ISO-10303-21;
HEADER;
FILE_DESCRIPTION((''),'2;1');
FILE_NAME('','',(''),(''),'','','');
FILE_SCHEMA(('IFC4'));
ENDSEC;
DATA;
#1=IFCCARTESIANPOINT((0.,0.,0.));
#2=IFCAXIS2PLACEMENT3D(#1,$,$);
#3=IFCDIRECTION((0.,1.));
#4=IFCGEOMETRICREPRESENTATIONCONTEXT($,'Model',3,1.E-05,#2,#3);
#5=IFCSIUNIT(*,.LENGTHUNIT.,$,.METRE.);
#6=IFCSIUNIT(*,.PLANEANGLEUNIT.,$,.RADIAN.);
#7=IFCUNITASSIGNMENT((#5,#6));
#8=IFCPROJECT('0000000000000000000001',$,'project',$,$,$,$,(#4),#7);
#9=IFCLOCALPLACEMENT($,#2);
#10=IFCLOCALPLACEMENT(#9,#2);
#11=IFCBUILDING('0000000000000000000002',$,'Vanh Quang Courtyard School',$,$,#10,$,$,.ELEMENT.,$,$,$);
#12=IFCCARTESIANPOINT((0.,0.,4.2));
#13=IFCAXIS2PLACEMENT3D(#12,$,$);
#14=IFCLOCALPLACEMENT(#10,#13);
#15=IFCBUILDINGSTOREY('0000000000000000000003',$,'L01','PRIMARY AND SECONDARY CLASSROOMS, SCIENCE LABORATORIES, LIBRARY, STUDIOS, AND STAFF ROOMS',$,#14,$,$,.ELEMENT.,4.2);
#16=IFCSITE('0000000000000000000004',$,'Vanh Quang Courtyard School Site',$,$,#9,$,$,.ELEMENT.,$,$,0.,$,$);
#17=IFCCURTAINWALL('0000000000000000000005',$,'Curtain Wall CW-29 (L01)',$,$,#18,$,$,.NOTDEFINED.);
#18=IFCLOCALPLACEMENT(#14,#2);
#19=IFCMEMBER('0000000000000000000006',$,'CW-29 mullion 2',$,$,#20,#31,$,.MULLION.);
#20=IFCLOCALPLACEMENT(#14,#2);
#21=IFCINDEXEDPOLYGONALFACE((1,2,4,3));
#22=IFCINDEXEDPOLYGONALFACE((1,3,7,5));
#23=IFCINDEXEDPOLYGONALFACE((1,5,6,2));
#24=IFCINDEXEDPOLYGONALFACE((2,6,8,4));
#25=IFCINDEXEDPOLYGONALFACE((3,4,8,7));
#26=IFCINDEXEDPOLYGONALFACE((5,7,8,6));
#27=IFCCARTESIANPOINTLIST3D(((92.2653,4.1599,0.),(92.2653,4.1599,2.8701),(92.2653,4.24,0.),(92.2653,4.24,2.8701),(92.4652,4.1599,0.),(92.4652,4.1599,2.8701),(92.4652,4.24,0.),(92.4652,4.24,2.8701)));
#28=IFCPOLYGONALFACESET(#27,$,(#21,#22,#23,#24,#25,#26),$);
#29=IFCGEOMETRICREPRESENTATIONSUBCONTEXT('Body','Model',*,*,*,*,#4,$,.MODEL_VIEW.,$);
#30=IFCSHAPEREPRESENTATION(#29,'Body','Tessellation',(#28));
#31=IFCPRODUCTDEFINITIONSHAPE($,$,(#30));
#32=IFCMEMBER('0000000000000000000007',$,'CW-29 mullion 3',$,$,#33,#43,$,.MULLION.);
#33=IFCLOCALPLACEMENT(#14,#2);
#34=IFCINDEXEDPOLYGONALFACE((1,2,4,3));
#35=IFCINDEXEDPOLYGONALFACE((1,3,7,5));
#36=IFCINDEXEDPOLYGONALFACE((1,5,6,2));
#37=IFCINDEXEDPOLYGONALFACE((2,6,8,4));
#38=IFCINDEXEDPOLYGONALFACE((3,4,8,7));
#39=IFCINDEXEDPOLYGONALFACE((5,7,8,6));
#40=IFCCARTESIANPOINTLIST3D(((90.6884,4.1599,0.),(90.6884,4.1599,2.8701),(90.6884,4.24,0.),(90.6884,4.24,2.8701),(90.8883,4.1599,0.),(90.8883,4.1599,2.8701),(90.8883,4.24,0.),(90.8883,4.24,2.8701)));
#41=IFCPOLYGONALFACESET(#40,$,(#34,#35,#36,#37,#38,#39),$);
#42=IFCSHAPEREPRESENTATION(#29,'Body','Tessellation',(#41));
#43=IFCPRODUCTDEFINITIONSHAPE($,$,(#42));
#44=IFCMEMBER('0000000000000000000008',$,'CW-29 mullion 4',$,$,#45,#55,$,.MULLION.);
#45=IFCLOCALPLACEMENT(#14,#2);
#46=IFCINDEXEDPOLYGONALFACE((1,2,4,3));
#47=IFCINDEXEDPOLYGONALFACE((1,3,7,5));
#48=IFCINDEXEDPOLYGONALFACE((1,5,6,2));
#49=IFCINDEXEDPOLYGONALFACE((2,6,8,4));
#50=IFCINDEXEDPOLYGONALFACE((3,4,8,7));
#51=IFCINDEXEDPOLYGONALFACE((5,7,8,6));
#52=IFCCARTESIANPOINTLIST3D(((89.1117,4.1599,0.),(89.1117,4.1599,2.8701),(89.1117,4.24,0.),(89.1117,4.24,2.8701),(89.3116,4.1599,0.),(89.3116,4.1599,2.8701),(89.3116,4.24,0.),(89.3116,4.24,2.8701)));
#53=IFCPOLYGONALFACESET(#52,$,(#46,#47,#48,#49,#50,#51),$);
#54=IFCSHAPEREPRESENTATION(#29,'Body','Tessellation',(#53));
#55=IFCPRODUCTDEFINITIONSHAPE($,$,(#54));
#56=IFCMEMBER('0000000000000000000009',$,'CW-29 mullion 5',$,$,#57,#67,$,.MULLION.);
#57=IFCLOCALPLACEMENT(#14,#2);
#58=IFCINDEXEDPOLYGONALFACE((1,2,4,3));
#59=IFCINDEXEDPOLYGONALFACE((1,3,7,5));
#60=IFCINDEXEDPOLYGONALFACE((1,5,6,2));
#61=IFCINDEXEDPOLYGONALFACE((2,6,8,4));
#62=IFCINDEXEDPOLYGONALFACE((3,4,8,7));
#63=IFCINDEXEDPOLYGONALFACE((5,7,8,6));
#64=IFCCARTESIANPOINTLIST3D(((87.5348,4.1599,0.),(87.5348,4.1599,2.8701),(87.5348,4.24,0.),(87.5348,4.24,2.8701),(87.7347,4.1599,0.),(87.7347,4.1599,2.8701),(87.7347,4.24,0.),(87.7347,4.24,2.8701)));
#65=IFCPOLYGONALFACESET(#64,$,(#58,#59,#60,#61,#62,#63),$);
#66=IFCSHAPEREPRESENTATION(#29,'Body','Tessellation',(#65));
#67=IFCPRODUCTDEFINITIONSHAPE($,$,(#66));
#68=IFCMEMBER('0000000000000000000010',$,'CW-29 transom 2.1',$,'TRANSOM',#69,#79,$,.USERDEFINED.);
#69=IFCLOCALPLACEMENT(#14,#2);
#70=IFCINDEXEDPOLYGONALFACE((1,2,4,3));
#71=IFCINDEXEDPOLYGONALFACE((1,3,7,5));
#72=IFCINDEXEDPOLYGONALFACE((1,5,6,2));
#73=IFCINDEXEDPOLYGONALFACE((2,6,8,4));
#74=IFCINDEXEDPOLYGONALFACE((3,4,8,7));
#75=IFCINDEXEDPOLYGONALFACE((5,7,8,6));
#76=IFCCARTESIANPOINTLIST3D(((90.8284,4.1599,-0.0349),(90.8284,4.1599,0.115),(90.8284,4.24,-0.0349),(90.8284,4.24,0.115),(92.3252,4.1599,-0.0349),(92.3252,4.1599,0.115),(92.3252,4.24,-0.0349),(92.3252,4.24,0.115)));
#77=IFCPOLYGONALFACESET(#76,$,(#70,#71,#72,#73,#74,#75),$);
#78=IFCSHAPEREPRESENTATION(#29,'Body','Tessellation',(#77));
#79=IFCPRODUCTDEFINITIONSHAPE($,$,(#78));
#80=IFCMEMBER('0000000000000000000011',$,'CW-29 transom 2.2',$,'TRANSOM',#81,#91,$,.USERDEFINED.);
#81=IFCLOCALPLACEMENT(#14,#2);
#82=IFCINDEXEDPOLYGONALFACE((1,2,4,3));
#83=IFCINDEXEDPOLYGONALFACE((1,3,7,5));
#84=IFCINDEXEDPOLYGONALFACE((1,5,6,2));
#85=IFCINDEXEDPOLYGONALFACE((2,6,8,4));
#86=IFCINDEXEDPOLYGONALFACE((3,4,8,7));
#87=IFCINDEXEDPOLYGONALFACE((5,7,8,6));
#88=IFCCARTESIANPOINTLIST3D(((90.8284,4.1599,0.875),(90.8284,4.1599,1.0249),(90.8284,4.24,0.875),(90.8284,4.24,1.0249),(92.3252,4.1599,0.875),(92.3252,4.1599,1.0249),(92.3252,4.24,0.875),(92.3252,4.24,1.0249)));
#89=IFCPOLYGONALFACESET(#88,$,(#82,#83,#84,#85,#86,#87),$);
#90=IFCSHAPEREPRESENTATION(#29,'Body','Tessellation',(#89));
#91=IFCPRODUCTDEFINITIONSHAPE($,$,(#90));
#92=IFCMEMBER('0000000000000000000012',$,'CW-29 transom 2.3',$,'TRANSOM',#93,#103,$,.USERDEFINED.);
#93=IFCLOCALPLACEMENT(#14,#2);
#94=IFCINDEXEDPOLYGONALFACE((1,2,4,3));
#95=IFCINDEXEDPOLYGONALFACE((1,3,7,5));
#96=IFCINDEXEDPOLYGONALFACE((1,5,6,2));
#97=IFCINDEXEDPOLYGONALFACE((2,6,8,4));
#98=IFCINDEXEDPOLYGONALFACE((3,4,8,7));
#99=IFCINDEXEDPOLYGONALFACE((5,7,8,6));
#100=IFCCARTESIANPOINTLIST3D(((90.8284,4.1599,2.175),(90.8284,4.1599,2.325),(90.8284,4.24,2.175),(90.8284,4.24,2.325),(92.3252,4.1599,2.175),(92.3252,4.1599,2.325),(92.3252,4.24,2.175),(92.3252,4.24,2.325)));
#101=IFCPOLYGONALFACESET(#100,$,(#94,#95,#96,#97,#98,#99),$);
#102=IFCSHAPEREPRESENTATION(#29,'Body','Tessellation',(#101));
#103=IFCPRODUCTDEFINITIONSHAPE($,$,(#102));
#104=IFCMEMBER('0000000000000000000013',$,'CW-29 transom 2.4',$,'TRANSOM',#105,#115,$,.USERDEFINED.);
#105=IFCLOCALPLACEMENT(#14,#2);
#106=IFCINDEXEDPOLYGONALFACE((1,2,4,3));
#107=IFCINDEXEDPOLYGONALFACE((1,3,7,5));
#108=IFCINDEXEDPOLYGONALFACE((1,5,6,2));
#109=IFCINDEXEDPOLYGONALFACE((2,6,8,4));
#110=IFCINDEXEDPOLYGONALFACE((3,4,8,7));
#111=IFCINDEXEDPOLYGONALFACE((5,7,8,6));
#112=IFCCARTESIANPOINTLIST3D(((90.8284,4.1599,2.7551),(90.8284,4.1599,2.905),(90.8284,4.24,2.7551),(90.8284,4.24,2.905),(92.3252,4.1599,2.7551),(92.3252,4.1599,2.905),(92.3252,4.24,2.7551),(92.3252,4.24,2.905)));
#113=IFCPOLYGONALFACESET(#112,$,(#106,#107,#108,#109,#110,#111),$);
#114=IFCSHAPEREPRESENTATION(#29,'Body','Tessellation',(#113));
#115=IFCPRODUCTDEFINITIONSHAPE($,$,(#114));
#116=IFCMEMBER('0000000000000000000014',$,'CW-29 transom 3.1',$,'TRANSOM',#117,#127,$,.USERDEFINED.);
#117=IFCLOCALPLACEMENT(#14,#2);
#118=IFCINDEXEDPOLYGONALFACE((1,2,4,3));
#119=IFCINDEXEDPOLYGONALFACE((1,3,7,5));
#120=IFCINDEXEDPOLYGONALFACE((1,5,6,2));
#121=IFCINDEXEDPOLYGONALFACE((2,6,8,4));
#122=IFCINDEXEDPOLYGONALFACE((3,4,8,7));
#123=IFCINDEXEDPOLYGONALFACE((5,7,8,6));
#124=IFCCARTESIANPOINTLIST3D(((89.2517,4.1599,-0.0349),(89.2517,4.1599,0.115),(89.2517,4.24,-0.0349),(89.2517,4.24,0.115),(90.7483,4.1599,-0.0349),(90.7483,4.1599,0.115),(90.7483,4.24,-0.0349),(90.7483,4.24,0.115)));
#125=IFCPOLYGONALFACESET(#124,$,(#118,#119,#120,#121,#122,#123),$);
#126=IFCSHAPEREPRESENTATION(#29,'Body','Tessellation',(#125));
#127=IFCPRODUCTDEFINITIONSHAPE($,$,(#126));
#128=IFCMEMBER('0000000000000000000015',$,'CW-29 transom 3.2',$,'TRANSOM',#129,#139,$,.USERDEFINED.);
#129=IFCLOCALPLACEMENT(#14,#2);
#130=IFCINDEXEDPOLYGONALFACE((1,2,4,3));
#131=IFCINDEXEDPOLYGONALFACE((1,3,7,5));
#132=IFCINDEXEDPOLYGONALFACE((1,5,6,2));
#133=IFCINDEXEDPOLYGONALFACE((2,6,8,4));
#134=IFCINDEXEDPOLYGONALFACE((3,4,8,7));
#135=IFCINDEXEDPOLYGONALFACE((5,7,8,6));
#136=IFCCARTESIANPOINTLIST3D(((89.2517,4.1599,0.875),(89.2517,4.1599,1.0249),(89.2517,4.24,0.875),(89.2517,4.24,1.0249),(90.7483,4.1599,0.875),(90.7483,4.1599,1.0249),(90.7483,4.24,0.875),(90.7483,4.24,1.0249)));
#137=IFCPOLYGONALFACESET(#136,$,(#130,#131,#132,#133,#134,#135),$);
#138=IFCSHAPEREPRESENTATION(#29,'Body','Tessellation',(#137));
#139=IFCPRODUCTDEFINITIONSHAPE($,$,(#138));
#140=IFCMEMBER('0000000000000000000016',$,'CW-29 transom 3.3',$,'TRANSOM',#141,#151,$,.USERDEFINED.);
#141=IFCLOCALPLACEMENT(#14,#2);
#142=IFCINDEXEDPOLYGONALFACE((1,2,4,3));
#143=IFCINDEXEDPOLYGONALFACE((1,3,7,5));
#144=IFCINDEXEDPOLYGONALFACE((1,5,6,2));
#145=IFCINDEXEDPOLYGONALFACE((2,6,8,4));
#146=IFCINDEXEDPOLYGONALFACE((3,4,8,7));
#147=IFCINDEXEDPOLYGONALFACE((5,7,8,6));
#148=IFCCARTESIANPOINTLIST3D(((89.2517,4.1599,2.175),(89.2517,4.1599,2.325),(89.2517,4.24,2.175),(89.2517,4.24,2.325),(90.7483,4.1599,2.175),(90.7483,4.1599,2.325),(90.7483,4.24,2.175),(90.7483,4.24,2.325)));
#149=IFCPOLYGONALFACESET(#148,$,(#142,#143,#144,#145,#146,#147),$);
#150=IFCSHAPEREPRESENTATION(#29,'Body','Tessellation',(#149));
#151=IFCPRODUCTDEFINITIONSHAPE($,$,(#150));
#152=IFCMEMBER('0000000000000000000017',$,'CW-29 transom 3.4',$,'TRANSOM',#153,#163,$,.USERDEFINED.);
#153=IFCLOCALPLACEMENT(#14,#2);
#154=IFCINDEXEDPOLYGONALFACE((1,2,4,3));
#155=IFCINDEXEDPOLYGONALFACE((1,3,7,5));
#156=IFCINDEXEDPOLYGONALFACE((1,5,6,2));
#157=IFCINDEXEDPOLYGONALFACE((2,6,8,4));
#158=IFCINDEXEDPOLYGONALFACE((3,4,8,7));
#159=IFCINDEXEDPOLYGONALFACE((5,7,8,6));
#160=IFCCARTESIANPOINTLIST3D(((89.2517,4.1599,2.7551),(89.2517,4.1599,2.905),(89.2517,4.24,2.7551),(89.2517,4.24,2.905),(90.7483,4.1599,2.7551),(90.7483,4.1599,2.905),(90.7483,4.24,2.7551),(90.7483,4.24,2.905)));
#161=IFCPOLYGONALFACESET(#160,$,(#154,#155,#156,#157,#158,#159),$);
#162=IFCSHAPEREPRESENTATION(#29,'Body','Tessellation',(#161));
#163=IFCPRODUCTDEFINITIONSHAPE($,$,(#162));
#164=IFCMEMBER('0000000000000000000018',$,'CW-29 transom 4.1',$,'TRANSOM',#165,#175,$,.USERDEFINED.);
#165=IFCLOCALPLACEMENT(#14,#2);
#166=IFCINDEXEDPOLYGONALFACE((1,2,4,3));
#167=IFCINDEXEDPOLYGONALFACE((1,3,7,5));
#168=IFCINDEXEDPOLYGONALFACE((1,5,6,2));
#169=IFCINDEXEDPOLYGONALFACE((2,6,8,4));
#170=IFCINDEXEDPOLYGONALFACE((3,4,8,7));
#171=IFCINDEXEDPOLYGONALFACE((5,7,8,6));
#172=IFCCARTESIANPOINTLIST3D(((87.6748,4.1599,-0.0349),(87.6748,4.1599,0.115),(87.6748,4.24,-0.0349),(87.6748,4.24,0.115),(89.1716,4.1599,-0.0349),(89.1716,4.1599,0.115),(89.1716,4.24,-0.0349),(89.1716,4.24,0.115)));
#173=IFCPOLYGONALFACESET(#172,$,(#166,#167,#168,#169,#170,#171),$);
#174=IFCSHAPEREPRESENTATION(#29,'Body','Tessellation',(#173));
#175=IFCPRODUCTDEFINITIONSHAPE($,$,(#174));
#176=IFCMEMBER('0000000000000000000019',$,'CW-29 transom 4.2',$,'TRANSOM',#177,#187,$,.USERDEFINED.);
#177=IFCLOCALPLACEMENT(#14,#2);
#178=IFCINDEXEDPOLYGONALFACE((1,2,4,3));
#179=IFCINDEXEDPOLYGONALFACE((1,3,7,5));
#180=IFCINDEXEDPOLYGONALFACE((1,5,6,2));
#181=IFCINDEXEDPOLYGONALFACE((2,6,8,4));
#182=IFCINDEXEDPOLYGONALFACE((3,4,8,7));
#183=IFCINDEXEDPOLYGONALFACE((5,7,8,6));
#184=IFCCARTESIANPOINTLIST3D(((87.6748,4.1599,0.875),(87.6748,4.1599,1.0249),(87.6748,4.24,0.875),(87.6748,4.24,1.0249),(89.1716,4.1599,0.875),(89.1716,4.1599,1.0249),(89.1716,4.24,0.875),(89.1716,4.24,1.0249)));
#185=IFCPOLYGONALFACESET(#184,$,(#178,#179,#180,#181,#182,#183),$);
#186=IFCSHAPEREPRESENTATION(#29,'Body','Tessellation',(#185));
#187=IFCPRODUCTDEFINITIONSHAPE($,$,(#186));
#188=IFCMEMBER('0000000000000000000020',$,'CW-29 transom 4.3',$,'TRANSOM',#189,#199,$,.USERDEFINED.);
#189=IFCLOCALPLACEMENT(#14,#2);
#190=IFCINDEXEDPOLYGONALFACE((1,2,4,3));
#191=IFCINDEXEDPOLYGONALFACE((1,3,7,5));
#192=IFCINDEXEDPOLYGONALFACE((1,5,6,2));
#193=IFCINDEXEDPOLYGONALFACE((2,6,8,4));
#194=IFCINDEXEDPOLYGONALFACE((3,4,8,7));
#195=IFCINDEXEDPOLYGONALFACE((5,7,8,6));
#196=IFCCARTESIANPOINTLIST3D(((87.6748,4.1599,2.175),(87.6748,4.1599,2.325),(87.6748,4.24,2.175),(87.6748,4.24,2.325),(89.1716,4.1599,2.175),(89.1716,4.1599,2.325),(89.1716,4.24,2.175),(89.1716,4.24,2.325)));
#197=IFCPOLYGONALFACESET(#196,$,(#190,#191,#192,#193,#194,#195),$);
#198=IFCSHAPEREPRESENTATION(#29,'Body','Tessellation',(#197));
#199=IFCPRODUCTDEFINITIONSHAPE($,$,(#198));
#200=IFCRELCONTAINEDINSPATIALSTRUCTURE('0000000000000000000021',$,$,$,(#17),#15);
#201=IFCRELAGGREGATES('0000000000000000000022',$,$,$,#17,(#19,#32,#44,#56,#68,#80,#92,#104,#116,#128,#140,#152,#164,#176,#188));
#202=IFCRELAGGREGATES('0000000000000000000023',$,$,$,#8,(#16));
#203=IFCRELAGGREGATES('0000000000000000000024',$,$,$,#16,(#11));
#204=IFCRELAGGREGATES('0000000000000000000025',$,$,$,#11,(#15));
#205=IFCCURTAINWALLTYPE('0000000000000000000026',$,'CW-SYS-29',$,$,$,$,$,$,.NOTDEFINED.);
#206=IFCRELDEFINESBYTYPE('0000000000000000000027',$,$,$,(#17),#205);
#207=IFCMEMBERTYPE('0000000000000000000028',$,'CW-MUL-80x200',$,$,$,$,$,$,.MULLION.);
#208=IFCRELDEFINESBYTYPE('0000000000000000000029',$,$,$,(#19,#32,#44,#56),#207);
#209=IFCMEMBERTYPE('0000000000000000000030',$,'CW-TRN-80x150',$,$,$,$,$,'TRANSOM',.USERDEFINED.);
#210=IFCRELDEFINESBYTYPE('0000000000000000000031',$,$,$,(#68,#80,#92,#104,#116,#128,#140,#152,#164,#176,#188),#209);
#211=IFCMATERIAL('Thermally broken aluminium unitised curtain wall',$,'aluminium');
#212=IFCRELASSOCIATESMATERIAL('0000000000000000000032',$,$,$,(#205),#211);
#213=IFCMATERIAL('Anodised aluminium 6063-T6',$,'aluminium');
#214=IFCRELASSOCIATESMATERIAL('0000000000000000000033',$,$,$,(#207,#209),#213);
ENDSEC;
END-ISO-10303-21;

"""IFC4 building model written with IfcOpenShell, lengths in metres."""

from ifc_helpers import new_model, si_unit, direction, frame, origin, origin_2d, place, context, subcontext, project, spatial, rectangle, extrude, material, material_profile, profile_set, type_object, element, aggregate, save


model = new_model("IFC4")

# Units and contexts
model_context = context("Model", 3, precision=1e-05, world=origin(), true_north=direction((0.0, 1.0)))
body_context = subcontext(model_context, "Body", "Model", "MODEL_VIEW")
ifc_project = project(units=[si_unit("LENGTHUNIT", "METRE"), si_unit("PLANEANGLEUNIT", "RADIAN")], contexts=[model_context])

# Site, building, storey
site_placement = place(None, origin())
site = spatial("IfcSite", under=ifc_project, at=site_placement, Name="Vanh Quang Courtyard School Site", CompositionType="ELEMENT", RefElevation=0.0)
building_placement = place(site_placement, origin())
building = spatial("IfcBuilding", under=site, at=building_placement, Name="Vanh Quang Courtyard School", CompositionType="ELEMENT")
storey_placement = place(building_placement, frame((0.0, 0.0, 4.2)))
storey = spatial("IfcBuildingStorey", under=building, at=storey_placement, Name="L01", Description="PRIMARY AND SECONDARY CLASSROOMS, SCIENCE LABORATORIES, LIBRARY, STUDIOS, AND STAFF ROOMS", CompositionType="ELEMENT", Elevation=4.2)

# Curtain wall, members
ifc_material_1 = material(Name="Thermally broken aluminium unitised curtain wall", Category="aluminium")
curtain_wall_type = type_object("IfcCurtainWallType", Name="CW-SYS-29", PredefinedType="NOTDEFINED", material=ifc_material_1)
curtain_wall_placement = place(storey_placement, origin())
curtain_wall = element("IfcCurtainWall", 1, at=curtain_wall_placement, inside=storey, type_object=curtain_wall_type, Name="Curtain Wall CW-29 (L01)", PredefinedType="NOTDEFINED")
ifc_material_2 = material(Name="Anodised aluminium 6063-T6", Category="aluminium")
ifc_material_profile_1 = material_profile(ifc_material_2, rectangle(XDim=0.0801, YDim=0.2, at=origin_2d()), Name="ALU-MUL 80x200")
ifc_profile_set_1 = profile_set([ifc_material_profile_1], Name="Anodised aluminium 6063-T6")
member_type_1 = type_object("IfcMemberType", Name="CW-MUL-80x200", PredefinedType="MULLION", material=ifc_profile_set_1)
member_1_placement = place(storey_placement, frame((92.3652, 4.2, 0.0), z_axis=(0.0, 0.0, 1.0), x_axis=(0.0, -1.0, 0.0)))
member_1 = element("IfcMember", 2, at=member_1_placement, type_object=member_type_1, Name="CW-29 mullion 2", PredefinedType="MULLION", context=body_context, shape_type="SweptSolid", body=[
    extrude(rectangle(XDim=0.0801, YDim=0.2, at=origin_2d()), origin(), (0.0, 0.0, 1.0), 2.8701),
])
member_2_placement = place(storey_placement, frame((90.7883, 4.2, 0.0), z_axis=(0.0, 0.0, 1.0), x_axis=(0.0, -1.0, 0.0)))
member_2 = element("IfcMember", 3, at=member_2_placement, type_object=member_type_1, Name="CW-29 mullion 3", PredefinedType="MULLION", context=body_context, shape_type="SweptSolid", body=[
    extrude(rectangle(XDim=0.0801, YDim=0.2, at=origin_2d()), origin(), (0.0, 0.0, 1.0), 2.8701),
])
member_3_placement = place(storey_placement, frame((89.2117, 4.2, 0.0), z_axis=(0.0, 0.0, 1.0), x_axis=(0.0, -1.0, 0.0)))
member_3 = element("IfcMember", 4, at=member_3_placement, type_object=member_type_1, Name="CW-29 mullion 4", PredefinedType="MULLION", context=body_context, shape_type="SweptSolid", body=[
    extrude(rectangle(XDim=0.0801, YDim=0.2, at=origin_2d()), origin(), (0.0, 0.0, 1.0), 2.8701),
])
member_4_placement = place(storey_placement, frame((87.6348, 4.2, 0.0), z_axis=(0.0, 0.0, 1.0), x_axis=(0.0, -1.0, 0.0)))
member_4 = element("IfcMember", 5, at=member_4_placement, type_object=member_type_1, Name="CW-29 mullion 5", PredefinedType="MULLION", context=body_context, shape_type="SweptSolid", body=[
    extrude(rectangle(XDim=0.0801, YDim=0.2, at=origin_2d()), origin(), (0.0, 0.0, 1.0), 2.8701),
])
ifc_material_profile_2 = material_profile(ifc_material_2, rectangle(XDim=0.0801, YDim=0.1499, at=origin_2d()), Name="ALU-TRN 80x150")
ifc_profile_set_2 = profile_set([ifc_material_profile_2], Name="Anodised aluminium 6063-T6")
member_type_2 = type_object("IfcMemberType", Name="CW-TRN-80x150", ElementType="TRANSOM", PredefinedType="USERDEFINED", material=ifc_profile_set_2)
member_5_placement = place(storey_placement, frame((92.3252, 4.2, 0.04), z_axis=(-1.0, 0.0, 0.0), x_axis=(0.0, -1.0, 0.0)))
member_5 = element("IfcMember", 6, at=member_5_placement, type_object=member_type_2, Name="CW-29 transom 2.1", ObjectType="TRANSOM", PredefinedType="USERDEFINED", context=body_context, shape_type="SweptSolid", body=[
    extrude(rectangle(XDim=0.0801, YDim=0.1499, at=origin_2d()), origin(), (0.0, 0.0, 1.0), 1.4968),
])
member_6_placement = place(storey_placement, frame((92.3252, 4.2, 0.95), z_axis=(-1.0, 0.0, 0.0), x_axis=(0.0, -1.0, 0.0)))
member_6 = element("IfcMember", 7, at=member_6_placement, type_object=member_type_2, Name="CW-29 transom 2.2", ObjectType="TRANSOM", PredefinedType="USERDEFINED", context=body_context, shape_type="SweptSolid", body=[
    extrude(rectangle(XDim=0.0801, YDim=0.1499, at=origin_2d()), origin(), (0.0, 0.0, 1.0), 1.4968),
])
member_7_placement = place(storey_placement, frame((92.3252, 4.2, 2.25), z_axis=(-1.0, 0.0, 0.0), x_axis=(0.0, -1.0, 0.0)))
member_7 = element("IfcMember", 8, at=member_7_placement, type_object=member_type_2, Name="CW-29 transom 2.3", ObjectType="TRANSOM", PredefinedType="USERDEFINED", context=body_context, shape_type="SweptSolid", body=[
    extrude(rectangle(XDim=0.0801, YDim=0.1499, at=origin_2d()), origin(), (0.0, 0.0, 1.0), 1.4968),
])
member_8_placement = place(storey_placement, frame((92.3252, 4.2, 2.8301), z_axis=(-1.0, 0.0, 0.0), x_axis=(0.0, -1.0, 0.0)))
member_8 = element("IfcMember", 9, at=member_8_placement, type_object=member_type_2, Name="CW-29 transom 2.4", ObjectType="TRANSOM", PredefinedType="USERDEFINED", context=body_context, shape_type="SweptSolid", body=[
    extrude(rectangle(XDim=0.0801, YDim=0.1499, at=origin_2d()), origin(), (0.0, 0.0, 1.0), 1.4968),
])
member_9_placement = place(storey_placement, frame((90.7483, 4.2, 0.04), z_axis=(-1.0, 0.0, 0.0), x_axis=(0.0, -1.0, 0.0)))
member_9 = element("IfcMember", 10, at=member_9_placement, type_object=member_type_2, Name="CW-29 transom 3.1", ObjectType="TRANSOM", PredefinedType="USERDEFINED", context=body_context, shape_type="SweptSolid", body=[
    extrude(rectangle(XDim=0.0801, YDim=0.1499, at=origin_2d()), origin(), (0.0, 0.0, 1.0), 1.4966),
])
member_10_placement = place(storey_placement, frame((90.7483, 4.2, 0.95), z_axis=(-1.0, 0.0, 0.0), x_axis=(0.0, -1.0, 0.0)))
member_10 = element("IfcMember", 11, at=member_10_placement, type_object=member_type_2, Name="CW-29 transom 3.2", ObjectType="TRANSOM", PredefinedType="USERDEFINED", context=body_context, shape_type="SweptSolid", body=[
    extrude(rectangle(XDim=0.0801, YDim=0.1499, at=origin_2d()), origin(), (0.0, 0.0, 1.0), 1.4966),
])
member_11_placement = place(storey_placement, frame((90.7483, 4.2, 2.25), z_axis=(-1.0, 0.0, 0.0), x_axis=(0.0, -1.0, 0.0)))
member_11 = element("IfcMember", 12, at=member_11_placement, type_object=member_type_2, Name="CW-29 transom 3.3", ObjectType="TRANSOM", PredefinedType="USERDEFINED", context=body_context, shape_type="SweptSolid", body=[
    extrude(rectangle(XDim=0.0801, YDim=0.1499, at=origin_2d()), origin(), (0.0, 0.0, 1.0), 1.4966),
])
member_12_placement = place(storey_placement, frame((90.7483, 4.2, 2.8301), z_axis=(-1.0, 0.0, 0.0), x_axis=(0.0, -1.0, 0.0)))
member_12 = element("IfcMember", 13, at=member_12_placement, type_object=member_type_2, Name="CW-29 transom 3.4", ObjectType="TRANSOM", PredefinedType="USERDEFINED", context=body_context, shape_type="SweptSolid", body=[
    extrude(rectangle(XDim=0.0801, YDim=0.1499, at=origin_2d()), origin(), (0.0, 0.0, 1.0), 1.4966),
])
member_13_placement = place(storey_placement, frame((89.1716, 4.2, 0.04), z_axis=(-1.0, 0.0, 0.0), x_axis=(0.0, -1.0, 0.0)))
member_13 = element("IfcMember", 14, at=member_13_placement, type_object=member_type_2, Name="CW-29 transom 4.1", ObjectType="TRANSOM", PredefinedType="USERDEFINED", context=body_context, shape_type="SweptSolid", body=[
    extrude(rectangle(XDim=0.0801, YDim=0.1499, at=origin_2d()), origin(), (0.0, 0.0, 1.0), 1.4968),
])
member_14_placement = place(storey_placement, frame((89.1716, 4.2, 0.95), z_axis=(-1.0, 0.0, 0.0), x_axis=(0.0, -1.0, 0.0)))
member_14 = element("IfcMember", 15, at=member_14_placement, type_object=member_type_2, Name="CW-29 transom 4.2", ObjectType="TRANSOM", PredefinedType="USERDEFINED", context=body_context, shape_type="SweptSolid", body=[
    extrude(rectangle(XDim=0.0801, YDim=0.1499, at=origin_2d()), origin(), (0.0, 0.0, 1.0), 1.4968),
])
member_15_placement = place(storey_placement, frame((89.1716, 4.2, 2.25), z_axis=(-1.0, 0.0, 0.0), x_axis=(0.0, -1.0, 0.0)))
member_15 = element("IfcMember", 16, at=member_15_placement, type_object=member_type_2, Name="CW-29 transom 4.3", ObjectType="TRANSOM", PredefinedType="USERDEFINED", context=body_context, shape_type="SweptSolid", body=[
    extrude(rectangle(XDim=0.0801, YDim=0.1499, at=origin_2d()), origin(), (0.0, 0.0, 1.0), 1.4968),
])
aggregate(curtain_wall, [member_1, member_2, member_3, member_4, member_5, member_6, member_7, member_8, member_9, member_10, member_11, member_12, member_13, member_14, member_15])

save(model, "model.ifc")
